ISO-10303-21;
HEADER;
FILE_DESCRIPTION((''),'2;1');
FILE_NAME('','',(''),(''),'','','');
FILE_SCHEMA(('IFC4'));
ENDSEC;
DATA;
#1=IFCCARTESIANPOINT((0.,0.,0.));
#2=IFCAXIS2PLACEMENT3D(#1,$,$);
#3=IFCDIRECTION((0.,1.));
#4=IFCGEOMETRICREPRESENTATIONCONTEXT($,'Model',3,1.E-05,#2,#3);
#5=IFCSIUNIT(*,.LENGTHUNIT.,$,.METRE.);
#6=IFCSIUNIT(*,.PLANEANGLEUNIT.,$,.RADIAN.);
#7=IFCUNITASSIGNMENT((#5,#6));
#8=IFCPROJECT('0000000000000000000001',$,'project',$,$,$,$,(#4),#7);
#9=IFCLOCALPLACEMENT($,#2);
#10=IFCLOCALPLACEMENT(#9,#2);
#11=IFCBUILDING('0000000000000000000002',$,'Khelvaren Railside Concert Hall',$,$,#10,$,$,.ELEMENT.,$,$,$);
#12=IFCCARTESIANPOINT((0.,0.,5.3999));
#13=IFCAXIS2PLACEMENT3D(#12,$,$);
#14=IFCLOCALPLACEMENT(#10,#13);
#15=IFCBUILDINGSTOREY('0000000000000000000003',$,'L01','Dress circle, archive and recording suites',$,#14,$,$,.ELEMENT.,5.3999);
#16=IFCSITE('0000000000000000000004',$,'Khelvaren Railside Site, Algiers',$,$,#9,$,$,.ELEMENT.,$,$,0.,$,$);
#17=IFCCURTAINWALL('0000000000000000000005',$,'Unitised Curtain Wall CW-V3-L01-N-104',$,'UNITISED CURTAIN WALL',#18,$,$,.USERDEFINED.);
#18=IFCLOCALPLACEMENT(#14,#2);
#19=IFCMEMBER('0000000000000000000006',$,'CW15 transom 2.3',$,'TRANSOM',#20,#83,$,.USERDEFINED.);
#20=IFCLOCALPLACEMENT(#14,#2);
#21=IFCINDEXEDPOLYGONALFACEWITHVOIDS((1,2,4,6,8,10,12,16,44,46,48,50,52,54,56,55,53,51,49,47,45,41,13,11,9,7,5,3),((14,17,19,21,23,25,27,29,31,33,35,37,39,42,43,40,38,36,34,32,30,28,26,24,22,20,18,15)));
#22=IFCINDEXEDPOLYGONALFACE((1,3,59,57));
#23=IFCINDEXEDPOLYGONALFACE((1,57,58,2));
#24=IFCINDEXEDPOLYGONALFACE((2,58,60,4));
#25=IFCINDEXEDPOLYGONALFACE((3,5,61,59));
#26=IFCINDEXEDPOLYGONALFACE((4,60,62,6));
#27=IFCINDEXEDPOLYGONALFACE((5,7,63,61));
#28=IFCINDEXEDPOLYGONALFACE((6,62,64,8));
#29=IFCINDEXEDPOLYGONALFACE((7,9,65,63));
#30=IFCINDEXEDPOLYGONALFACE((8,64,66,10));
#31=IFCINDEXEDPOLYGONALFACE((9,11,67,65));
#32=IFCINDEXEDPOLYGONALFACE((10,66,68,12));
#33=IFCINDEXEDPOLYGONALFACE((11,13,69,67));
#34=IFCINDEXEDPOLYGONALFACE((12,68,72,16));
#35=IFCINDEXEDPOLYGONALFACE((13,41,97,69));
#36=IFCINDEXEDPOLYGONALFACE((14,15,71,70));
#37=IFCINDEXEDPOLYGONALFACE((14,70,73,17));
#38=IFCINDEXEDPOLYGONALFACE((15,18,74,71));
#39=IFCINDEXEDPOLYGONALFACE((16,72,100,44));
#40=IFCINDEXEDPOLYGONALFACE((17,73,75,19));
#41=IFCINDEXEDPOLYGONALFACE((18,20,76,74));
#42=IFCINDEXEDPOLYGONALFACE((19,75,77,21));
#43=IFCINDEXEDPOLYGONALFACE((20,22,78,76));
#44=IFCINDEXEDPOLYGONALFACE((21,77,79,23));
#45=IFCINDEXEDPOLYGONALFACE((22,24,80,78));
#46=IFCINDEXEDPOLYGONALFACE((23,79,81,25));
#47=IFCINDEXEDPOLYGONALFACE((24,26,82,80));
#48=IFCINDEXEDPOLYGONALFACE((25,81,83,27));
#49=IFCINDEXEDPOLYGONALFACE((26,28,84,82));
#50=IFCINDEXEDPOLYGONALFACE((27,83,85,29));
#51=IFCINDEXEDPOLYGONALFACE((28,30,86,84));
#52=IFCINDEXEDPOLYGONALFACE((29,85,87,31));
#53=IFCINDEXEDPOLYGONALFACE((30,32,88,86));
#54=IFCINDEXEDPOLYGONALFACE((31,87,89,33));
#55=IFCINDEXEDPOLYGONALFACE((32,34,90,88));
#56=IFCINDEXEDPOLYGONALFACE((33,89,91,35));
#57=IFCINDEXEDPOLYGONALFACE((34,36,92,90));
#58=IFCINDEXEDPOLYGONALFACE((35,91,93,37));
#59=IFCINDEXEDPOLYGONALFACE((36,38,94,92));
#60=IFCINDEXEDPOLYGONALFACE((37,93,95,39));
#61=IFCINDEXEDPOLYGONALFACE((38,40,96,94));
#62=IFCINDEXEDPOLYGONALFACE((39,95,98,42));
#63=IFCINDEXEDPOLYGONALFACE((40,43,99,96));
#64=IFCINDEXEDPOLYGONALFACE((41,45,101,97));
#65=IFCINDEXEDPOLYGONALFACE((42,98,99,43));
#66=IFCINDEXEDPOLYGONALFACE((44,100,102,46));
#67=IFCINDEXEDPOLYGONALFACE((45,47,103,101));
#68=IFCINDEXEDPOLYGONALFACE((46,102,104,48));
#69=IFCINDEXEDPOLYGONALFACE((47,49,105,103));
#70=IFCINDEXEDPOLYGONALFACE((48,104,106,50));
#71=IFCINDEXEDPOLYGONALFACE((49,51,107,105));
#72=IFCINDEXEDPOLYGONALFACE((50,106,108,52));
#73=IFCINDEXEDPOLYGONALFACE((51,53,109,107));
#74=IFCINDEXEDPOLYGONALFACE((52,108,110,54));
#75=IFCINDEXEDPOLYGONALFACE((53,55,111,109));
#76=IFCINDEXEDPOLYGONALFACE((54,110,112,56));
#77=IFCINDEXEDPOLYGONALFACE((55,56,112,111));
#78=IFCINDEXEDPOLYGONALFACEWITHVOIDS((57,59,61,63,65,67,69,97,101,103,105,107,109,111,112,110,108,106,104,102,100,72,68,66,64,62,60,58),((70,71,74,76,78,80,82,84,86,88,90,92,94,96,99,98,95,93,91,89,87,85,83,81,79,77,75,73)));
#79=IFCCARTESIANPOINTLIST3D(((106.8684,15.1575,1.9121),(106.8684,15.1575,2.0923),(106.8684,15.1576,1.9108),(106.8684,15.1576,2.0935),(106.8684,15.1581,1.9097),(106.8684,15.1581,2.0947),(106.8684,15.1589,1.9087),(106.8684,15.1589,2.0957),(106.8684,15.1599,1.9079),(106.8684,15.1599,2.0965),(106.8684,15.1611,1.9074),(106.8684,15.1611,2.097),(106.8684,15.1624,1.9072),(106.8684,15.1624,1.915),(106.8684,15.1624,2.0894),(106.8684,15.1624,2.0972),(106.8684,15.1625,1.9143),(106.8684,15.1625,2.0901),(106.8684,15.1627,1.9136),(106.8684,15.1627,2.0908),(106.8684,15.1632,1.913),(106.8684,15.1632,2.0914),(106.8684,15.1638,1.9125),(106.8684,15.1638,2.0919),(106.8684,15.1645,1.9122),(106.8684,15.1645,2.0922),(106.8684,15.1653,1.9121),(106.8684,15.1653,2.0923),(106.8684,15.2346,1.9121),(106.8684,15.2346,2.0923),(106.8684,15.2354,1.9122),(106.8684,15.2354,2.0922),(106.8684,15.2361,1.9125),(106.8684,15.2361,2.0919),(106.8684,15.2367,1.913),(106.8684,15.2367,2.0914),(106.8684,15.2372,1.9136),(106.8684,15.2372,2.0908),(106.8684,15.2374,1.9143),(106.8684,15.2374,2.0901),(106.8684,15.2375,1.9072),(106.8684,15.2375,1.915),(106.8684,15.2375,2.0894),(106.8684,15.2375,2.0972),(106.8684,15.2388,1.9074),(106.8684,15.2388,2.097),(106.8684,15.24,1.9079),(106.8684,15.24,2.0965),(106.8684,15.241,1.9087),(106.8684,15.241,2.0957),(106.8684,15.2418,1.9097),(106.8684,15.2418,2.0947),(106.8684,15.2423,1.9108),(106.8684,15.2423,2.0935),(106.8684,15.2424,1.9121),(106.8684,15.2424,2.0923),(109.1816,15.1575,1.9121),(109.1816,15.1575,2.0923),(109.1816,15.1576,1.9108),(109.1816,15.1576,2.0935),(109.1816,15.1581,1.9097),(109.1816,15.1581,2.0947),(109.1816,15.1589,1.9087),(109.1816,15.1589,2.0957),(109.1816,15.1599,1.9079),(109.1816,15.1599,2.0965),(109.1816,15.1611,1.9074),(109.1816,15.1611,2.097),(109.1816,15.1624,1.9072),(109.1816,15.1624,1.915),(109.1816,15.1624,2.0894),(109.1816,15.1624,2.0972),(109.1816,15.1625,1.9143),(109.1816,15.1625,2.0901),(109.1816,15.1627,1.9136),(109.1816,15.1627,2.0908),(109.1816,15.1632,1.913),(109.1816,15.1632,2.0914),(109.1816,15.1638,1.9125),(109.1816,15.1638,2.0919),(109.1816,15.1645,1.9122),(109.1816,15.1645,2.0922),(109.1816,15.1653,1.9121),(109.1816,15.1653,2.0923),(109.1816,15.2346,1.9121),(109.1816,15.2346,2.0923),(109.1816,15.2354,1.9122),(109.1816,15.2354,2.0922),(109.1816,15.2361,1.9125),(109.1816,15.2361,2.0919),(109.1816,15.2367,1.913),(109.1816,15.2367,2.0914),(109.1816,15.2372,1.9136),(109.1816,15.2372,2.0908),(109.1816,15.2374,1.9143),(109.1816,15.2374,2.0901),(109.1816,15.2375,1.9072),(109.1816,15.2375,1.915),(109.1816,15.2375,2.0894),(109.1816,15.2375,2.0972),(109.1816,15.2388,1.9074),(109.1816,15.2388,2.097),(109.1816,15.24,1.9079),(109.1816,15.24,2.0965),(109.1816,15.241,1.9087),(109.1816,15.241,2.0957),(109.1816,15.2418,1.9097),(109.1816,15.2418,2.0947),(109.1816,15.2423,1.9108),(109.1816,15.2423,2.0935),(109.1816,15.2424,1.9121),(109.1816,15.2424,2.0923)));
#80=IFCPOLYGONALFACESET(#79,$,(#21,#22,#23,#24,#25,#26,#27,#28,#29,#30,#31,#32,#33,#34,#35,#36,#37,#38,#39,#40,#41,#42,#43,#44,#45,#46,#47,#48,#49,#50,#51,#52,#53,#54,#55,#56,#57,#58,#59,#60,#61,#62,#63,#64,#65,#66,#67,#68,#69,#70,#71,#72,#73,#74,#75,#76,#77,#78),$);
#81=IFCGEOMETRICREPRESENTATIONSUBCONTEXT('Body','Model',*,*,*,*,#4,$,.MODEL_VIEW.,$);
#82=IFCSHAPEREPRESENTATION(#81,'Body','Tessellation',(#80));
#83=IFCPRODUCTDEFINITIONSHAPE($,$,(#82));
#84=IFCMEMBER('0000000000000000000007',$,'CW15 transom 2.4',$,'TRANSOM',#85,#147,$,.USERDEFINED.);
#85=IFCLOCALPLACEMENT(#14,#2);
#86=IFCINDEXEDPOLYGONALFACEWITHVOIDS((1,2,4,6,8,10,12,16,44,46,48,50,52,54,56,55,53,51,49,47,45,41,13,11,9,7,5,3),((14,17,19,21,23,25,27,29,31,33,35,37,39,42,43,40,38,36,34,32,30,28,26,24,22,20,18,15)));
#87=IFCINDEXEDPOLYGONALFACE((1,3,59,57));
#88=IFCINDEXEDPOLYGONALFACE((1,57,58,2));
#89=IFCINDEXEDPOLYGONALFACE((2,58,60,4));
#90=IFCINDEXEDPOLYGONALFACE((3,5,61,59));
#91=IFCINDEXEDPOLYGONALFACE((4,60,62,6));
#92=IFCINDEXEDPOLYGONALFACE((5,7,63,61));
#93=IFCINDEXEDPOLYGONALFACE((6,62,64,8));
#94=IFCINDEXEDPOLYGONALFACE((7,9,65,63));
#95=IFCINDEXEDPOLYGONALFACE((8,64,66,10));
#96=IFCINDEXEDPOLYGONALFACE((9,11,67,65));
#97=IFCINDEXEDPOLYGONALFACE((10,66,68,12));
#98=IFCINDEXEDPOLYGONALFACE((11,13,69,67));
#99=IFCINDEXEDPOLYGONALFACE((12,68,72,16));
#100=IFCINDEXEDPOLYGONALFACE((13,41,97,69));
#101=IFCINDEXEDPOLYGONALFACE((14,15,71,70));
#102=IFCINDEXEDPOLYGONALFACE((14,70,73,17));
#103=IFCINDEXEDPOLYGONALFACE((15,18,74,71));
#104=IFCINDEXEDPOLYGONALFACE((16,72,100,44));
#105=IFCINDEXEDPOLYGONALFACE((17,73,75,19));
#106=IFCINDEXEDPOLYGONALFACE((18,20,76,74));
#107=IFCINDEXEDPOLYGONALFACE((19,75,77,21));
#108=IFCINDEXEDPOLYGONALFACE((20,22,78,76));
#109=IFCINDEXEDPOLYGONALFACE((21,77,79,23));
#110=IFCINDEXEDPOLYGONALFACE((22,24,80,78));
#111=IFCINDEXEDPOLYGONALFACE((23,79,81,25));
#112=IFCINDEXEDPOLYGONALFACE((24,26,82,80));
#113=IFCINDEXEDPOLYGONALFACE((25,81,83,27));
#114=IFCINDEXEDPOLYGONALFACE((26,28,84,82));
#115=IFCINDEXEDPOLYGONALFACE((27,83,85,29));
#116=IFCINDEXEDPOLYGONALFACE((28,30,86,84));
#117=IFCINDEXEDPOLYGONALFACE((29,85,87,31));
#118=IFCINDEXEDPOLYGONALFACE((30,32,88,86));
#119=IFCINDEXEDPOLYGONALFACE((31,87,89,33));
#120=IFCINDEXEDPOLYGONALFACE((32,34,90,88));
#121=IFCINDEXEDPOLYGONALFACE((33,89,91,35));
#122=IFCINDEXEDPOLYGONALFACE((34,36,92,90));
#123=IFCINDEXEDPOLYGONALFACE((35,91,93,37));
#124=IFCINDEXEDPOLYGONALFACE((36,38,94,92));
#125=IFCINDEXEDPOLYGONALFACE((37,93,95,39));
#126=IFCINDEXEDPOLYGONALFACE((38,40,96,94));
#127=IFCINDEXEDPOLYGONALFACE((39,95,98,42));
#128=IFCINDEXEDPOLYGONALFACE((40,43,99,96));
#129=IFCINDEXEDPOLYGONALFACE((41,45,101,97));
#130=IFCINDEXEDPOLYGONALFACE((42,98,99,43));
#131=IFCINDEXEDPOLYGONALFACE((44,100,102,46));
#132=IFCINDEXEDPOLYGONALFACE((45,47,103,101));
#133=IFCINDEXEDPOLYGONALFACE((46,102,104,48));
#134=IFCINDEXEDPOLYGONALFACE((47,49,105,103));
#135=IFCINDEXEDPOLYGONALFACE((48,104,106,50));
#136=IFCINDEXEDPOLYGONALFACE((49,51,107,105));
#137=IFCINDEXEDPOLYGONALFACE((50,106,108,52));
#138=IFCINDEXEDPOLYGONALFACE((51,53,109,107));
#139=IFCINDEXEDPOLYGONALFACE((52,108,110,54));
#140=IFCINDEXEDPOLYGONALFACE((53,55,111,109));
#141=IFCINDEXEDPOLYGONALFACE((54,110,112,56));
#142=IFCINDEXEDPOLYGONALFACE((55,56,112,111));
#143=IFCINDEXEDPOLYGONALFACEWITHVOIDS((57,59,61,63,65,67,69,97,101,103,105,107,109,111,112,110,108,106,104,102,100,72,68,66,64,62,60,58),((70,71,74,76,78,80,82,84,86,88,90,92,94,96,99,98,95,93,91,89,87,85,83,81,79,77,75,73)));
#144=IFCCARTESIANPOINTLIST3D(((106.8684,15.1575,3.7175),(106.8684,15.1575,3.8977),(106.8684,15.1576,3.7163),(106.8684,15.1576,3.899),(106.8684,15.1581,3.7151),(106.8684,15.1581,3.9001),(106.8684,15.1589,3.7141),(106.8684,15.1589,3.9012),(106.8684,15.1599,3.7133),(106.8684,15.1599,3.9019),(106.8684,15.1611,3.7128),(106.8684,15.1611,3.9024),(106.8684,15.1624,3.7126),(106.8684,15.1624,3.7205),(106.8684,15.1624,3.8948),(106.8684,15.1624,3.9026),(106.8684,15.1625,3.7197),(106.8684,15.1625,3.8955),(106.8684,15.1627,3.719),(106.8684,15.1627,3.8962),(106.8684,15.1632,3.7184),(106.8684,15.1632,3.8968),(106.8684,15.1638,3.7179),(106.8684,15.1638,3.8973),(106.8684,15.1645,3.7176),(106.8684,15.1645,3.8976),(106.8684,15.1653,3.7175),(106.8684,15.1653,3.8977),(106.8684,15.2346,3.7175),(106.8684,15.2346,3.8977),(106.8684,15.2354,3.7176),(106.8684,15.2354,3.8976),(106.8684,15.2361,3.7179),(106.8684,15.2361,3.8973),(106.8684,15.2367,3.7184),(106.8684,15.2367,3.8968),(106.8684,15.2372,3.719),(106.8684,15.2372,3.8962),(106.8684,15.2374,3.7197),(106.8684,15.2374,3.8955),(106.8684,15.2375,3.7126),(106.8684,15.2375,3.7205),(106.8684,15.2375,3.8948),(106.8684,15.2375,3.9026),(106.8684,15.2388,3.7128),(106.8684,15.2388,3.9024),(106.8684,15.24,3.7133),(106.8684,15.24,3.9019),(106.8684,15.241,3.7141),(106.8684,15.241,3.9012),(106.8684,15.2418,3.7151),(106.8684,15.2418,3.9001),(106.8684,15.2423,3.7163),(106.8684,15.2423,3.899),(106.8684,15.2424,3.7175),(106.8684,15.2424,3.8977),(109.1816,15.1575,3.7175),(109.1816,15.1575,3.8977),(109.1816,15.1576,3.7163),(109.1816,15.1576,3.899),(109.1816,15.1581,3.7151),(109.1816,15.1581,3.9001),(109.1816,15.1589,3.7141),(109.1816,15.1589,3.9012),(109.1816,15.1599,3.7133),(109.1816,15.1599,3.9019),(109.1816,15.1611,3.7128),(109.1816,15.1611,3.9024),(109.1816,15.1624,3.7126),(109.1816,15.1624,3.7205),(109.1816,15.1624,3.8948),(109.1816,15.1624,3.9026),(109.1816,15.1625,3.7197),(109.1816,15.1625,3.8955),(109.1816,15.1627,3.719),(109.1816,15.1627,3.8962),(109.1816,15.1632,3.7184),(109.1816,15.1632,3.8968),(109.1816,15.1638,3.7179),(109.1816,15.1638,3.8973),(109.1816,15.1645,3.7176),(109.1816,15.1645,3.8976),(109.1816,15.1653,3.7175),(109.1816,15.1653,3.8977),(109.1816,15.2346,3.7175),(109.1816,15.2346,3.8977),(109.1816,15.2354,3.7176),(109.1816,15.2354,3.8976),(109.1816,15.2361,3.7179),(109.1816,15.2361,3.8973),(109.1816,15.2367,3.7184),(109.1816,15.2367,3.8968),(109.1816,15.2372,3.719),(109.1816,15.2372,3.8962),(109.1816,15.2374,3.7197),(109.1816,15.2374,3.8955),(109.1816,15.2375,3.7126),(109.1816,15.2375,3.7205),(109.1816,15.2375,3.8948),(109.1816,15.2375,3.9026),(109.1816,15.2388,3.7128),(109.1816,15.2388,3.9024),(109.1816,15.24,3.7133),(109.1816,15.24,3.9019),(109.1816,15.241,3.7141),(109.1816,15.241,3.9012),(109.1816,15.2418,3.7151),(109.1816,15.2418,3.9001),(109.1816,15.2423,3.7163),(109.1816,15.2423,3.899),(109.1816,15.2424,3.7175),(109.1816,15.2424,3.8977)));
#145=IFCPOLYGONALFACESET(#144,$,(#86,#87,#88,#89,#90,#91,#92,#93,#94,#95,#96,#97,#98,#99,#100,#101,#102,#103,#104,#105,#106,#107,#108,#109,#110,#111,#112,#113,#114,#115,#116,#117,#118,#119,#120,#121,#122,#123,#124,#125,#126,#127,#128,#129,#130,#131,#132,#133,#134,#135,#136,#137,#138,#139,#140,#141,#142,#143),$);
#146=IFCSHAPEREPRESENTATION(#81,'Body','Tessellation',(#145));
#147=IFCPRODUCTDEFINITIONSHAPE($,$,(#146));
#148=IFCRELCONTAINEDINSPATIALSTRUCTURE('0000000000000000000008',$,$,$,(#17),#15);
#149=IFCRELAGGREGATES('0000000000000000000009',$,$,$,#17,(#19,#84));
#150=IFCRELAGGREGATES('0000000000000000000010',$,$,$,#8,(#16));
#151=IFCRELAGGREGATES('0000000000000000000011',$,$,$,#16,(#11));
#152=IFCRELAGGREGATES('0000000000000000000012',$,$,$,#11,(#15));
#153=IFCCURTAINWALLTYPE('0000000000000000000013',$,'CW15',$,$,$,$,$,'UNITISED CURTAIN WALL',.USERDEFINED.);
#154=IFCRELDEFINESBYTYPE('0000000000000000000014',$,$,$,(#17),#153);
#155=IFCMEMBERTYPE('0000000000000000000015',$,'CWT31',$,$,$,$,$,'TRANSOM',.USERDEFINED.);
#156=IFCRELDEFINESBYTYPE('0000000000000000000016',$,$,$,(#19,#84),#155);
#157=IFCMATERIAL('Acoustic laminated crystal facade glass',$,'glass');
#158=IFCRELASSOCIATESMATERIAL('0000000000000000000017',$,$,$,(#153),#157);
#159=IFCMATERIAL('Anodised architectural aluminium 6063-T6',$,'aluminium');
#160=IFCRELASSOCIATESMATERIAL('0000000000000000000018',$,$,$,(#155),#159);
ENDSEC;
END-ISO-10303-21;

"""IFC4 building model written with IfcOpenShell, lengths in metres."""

from ifc_helpers import new_model, si_unit, direction, frame, origin, origin_2d, place, context, subcontext, project, spatial, hollow_rectangle, extrude, material, material_profile, profile_set, type_object, element, aggregate, save


model = new_model("IFC4")

# Units and contexts
model_context = context("Model", 3, precision=1e-05, world=origin(), true_north=direction((0.0, 1.0)))
body_context = subcontext(model_context, "Body", "Model", "MODEL_VIEW")
ifc_project = project(units=[si_unit("LENGTHUNIT", "METRE"), si_unit("PLANEANGLEUNIT", "RADIAN")], contexts=[model_context])

# Site, building, storey
site_placement = place(None, origin())
site = spatial("IfcSite", under=ifc_project, at=site_placement, Name="Khelvaren Railside Site, Algiers", CompositionType="ELEMENT", RefElevation=0.0)
building_placement = place(site_placement, origin())
building = spatial("IfcBuilding", under=site, at=building_placement, Name="Khelvaren Railside Concert Hall", CompositionType="ELEMENT")
storey_placement = place(building_placement, frame((0.0, 0.0, 5.3999)))
storey = spatial("IfcBuildingStorey", under=building, at=storey_placement, Name="L01", Description="Dress circle, archive and recording suites", CompositionType="ELEMENT", Elevation=5.3999)

# Curtain wall, members
ifc_material_1 = material(Name="Acoustic laminated crystal facade glass", Category="glass")
curtain_wall_type = type_object("IfcCurtainWallType", Name="CW15", ElementType="UNITISED CURTAIN WALL", PredefinedType="USERDEFINED", material=ifc_material_1)
curtain_wall_placement = place(storey_placement, origin())
curtain_wall = element("IfcCurtainWall", 1, at=curtain_wall_placement, inside=storey, type_object=curtain_wall_type, Name="Unitised Curtain Wall CW-V3-L01-N-104", ObjectType="UNITISED CURTAIN WALL", PredefinedType="USERDEFINED")
ifc_material_2 = material(Name="Anodised architectural aluminium 6063-T6", Category="aluminium")
ifc_material_profile_1 = material_profile(ifc_material_2, hollow_rectangle(XDim=0.085, YDim=0.1899, WallThickness=0.0049, InnerFilletRadius=0.0029, OuterFilletRadius=0.0049, at=origin_2d()), Name="CWT 85x190x5")
ifc_profile_set_1 = profile_set([ifc_material_profile_1], Name="Anodised architectural aluminium 6063-T6")
member_type_1 = type_object("IfcMemberType", Name="CWT31", ElementType="TRANSOM", PredefinedType="USERDEFINED", material=ifc_profile_set_1)
member_1_placement = place(storey_placement, frame((106.8684, 15.2, 2.0022), z_axis=(1.0, 0.0, 0.0), x_axis=(0.0, 1.0, 0.0)))
member_1 = element("IfcMember", 2, at=member_1_placement, type_object=member_type_1, Name="CW15 transom 2.3", ObjectType="TRANSOM", PredefinedType="USERDEFINED", context=body_context, shape_type="SweptSolid", body=[
    extrude(hollow_rectangle(XDim=0.085, YDim=0.1899, WallThickness=0.0049, InnerFilletRadius=0.0029, OuterFilletRadius=0.0049, at=origin_2d()), origin(), (0.0, 0.0, 1.0), 2.3132),
])
member_2_placement = place(storey_placement, frame((106.8684, 15.2, 3.8076), z_axis=(1.0, 0.0, 0.0), x_axis=(0.0, 1.0, 0.0)))
member_2 = element("IfcMember", 3, at=member_2_placement, type_object=member_type_1, Name="CW15 transom 2.4", ObjectType="TRANSOM", PredefinedType="USERDEFINED", context=body_context, shape_type="SweptSolid", body=[
    extrude(hollow_rectangle(XDim=0.085, YDim=0.1899, WallThickness=0.0049, InnerFilletRadius=0.0029, OuterFilletRadius=0.0049, at=origin_2d()), origin(), (0.0, 0.0, 1.0), 2.3132),
])

aggregate(curtain_wall, [member_1, member_2])

save(model, "model.ifc")
